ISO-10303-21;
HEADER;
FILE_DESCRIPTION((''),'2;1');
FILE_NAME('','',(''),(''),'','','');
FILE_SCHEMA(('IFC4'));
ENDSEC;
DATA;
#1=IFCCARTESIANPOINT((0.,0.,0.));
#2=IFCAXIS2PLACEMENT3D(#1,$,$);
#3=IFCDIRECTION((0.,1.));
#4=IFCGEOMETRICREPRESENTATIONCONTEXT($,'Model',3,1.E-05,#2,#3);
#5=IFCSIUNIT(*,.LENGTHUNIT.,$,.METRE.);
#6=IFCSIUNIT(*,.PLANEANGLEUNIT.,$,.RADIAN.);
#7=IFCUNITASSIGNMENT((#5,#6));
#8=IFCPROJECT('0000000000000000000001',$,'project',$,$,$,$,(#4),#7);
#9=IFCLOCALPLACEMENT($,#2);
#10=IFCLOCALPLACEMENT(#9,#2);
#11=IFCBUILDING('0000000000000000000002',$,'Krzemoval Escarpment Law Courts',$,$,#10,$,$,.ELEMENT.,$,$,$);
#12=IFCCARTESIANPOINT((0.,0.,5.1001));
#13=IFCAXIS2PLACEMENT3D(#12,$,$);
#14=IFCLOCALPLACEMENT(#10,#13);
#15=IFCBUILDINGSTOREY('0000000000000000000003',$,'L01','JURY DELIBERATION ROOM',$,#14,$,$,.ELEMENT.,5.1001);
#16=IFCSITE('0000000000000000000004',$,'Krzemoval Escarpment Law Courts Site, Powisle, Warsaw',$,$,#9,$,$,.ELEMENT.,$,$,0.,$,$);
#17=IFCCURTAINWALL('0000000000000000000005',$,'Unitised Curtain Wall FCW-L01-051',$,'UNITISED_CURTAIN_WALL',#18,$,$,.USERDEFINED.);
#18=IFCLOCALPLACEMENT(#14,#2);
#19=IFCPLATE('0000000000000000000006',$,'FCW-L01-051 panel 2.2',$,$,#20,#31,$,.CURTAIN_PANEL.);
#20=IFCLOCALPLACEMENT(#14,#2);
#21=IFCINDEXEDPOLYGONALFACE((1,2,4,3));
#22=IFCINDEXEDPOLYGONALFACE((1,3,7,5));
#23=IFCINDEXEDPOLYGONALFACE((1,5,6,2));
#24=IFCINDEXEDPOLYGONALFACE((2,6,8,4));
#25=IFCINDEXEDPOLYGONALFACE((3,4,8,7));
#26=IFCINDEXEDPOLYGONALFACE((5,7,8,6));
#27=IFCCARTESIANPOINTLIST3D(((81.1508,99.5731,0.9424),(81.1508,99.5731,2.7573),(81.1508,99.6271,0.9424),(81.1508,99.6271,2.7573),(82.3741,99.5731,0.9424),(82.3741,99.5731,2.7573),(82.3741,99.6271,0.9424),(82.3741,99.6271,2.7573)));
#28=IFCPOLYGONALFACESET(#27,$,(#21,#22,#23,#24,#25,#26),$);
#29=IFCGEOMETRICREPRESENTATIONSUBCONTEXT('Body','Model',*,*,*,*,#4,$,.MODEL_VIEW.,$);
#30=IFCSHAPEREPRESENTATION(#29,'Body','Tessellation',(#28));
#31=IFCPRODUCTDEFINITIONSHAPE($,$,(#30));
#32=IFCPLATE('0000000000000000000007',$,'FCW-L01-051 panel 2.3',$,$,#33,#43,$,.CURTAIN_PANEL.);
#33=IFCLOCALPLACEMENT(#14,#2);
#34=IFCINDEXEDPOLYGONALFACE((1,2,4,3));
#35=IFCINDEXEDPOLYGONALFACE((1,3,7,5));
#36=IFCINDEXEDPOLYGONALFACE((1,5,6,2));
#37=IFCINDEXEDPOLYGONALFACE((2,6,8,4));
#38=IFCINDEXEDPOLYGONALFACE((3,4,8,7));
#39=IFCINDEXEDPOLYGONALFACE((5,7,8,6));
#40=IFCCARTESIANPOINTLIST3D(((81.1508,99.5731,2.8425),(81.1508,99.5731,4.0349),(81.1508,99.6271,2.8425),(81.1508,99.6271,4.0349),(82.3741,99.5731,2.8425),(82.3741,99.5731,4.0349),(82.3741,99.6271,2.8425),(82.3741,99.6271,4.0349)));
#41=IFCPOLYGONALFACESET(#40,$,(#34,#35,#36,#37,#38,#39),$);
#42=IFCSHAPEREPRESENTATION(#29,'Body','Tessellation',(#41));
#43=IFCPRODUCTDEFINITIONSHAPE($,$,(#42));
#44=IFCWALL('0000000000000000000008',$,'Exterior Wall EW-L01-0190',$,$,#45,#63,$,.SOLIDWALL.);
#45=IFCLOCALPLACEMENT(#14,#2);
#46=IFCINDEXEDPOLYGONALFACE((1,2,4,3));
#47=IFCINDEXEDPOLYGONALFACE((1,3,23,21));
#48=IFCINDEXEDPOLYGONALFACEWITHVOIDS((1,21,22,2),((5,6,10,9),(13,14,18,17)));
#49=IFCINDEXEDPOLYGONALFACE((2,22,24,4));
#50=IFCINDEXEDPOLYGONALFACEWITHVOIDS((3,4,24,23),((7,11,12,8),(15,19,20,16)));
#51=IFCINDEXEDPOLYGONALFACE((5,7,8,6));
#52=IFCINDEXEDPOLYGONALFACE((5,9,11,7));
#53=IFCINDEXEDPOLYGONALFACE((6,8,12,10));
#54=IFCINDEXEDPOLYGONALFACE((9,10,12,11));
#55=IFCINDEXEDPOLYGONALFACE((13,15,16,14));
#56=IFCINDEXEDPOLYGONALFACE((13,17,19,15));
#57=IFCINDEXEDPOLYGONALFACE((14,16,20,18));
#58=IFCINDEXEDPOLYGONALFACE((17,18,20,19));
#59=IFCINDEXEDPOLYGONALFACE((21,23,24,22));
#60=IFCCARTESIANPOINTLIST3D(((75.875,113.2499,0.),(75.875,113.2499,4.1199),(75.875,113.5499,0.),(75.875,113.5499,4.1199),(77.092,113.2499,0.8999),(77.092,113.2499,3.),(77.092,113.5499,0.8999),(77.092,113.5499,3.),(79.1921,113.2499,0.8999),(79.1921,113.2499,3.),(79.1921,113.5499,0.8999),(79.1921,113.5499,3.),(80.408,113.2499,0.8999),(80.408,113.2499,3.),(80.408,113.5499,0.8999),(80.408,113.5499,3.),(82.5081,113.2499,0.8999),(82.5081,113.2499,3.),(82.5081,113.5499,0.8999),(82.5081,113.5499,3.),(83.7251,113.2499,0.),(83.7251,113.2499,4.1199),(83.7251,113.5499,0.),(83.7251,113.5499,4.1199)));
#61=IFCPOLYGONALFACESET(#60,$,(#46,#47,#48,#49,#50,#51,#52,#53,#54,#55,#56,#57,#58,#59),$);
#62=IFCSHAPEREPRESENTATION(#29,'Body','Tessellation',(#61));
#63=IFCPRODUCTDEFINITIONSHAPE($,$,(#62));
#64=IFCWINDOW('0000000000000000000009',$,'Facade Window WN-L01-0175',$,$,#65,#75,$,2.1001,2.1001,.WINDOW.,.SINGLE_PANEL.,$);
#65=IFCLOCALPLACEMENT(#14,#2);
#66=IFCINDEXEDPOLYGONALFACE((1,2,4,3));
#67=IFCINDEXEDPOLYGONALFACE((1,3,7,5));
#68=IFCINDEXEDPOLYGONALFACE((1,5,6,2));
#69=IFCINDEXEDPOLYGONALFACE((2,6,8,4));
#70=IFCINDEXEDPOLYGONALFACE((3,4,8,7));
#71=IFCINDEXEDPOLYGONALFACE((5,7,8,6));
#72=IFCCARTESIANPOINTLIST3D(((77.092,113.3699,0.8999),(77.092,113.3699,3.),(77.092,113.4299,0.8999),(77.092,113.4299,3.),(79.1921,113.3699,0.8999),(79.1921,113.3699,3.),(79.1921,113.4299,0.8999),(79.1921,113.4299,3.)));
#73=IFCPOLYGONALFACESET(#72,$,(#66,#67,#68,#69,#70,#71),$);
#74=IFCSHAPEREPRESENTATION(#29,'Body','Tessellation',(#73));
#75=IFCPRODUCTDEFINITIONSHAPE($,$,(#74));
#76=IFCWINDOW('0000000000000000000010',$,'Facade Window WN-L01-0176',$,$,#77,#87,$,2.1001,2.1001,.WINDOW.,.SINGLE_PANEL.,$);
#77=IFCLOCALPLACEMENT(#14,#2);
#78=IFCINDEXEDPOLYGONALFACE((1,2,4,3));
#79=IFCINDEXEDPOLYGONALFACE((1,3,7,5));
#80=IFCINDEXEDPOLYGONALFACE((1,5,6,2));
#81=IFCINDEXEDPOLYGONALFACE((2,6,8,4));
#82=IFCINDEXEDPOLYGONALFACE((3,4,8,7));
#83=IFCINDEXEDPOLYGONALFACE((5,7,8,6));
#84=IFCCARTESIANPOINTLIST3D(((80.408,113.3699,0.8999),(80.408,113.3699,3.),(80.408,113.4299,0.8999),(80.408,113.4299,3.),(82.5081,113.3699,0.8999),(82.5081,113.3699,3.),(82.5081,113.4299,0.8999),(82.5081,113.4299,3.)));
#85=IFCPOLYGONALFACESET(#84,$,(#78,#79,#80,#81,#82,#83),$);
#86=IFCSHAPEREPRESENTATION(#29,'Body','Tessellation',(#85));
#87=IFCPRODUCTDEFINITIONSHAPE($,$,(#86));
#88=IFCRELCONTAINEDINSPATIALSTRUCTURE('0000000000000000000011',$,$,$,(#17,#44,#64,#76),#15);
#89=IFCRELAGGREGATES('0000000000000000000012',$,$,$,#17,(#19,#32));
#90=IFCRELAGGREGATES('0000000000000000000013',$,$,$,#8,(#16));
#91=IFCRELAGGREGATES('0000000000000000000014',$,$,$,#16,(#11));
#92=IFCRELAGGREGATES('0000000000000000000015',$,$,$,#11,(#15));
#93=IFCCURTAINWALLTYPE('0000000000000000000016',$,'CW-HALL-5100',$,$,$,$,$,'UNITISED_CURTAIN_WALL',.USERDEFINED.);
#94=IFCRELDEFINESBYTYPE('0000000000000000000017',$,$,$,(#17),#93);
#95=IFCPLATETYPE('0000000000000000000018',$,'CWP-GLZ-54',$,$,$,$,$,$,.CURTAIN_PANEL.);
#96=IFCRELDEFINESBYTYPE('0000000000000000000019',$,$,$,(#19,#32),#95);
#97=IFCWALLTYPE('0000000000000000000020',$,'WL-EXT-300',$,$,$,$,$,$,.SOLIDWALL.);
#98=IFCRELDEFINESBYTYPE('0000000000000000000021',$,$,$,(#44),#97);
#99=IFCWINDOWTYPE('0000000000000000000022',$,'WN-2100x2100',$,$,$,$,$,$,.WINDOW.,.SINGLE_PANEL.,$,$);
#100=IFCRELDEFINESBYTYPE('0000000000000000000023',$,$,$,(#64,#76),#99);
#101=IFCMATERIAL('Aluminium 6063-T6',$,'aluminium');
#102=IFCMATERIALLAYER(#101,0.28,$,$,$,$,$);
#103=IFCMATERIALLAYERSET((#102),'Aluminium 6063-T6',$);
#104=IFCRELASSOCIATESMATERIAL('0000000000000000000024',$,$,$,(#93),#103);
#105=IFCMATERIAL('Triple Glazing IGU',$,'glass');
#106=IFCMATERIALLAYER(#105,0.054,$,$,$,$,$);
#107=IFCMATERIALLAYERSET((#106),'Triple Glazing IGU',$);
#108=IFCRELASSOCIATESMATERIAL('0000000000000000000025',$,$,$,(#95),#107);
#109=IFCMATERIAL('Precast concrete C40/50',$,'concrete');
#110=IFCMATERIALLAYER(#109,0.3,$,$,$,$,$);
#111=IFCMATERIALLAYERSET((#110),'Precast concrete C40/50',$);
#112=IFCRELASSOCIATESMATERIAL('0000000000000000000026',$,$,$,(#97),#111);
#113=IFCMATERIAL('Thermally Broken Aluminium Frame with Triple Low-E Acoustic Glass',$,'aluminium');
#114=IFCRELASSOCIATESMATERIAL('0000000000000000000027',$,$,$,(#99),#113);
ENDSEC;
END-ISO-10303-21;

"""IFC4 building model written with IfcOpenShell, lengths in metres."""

from ifc_helpers import new_model, si_unit, direction, frame, frame_2d, origin, origin_2d, place, context, subcontext, project, spatial, rectangle, extrude, material, layer, layer_set, type_object, element, fill, aggregate, save


model = new_model("IFC4")

# Units and contexts
model_context = context("Model", 3, precision=1e-05, world=origin(), true_north=direction((0.0, 1.0)))
body_context = subcontext(model_context, "Body", "Model", "MODEL_VIEW")
ifc_project = project(units=[si_unit("LENGTHUNIT", "METRE"), si_unit("PLANEANGLEUNIT", "RADIAN")], contexts=[model_context])

# Site, building, storey
site_placement = place(None, origin())
site = spatial("IfcSite", under=ifc_project, at=site_placement, Name="Krzemoval Escarpment Law Courts Site, Powisle, Warsaw", CompositionType="ELEMENT", RefElevation=0.0)
building_placement = place(site_placement, origin())
building = spatial("IfcBuilding", under=site, at=building_placement, Name="Krzemoval Escarpment Law Courts", CompositionType="ELEMENT")
storey_placement = place(building_placement, frame((0.0, 0.0, 5.1001)))
storey = spatial("IfcBuildingStorey", under=building, at=storey_placement, Name="L01", Description="JURY DELIBERATION ROOM", CompositionType="ELEMENT", Elevation=5.1001)

# Curtain wall
ifc_material_1 = material(Name="Aluminium 6063-T6", Category="aluminium")
ifc_layer_1 = layer(ifc_material_1, 0.28)
ifc_layer_set_1 = layer_set([ifc_layer_1], Name="Aluminium 6063-T6")
curtain_wall_type = type_object("IfcCurtainWallType", Name="CW-HALL-5100", ElementType="UNITISED_CURTAIN_WALL", PredefinedType="USERDEFINED", material=ifc_layer_set_1)
curtain_wall_placement = place(storey_placement, origin())
curtain_wall = element("IfcCurtainWall", 1, at=curtain_wall_placement, inside=storey, type_object=curtain_wall_type, Name="Unitised Curtain Wall FCW-L01-051", ObjectType="UNITISED_CURTAIN_WALL", PredefinedType="USERDEFINED")

# Plates
ifc_material_2 = material(Name="Triple Glazing IGU", Category="glass")
ifc_layer_2 = layer(ifc_material_2, 0.054)
ifc_layer_set_2 = layer_set([ifc_layer_2], Name="Triple Glazing IGU")
plate_type = type_object("IfcPlateType", Name="CWP-GLZ-54", PredefinedType="CURTAIN_PANEL", material=ifc_layer_set_2)
plate_1_placement = place(storey_placement, frame((81.7625, 99.6001, 0.9424), z_axis=(0.0, 0.0, 1.0), x_axis=(-1.0, 0.0, 0.0)))
plate_1 = element("IfcPlate", 2, at=plate_1_placement, type_object=plate_type, Name="FCW-L01-051 panel 2.2", PredefinedType="CURTAIN_PANEL", context=body_context, shape_type="SweptSolid", body=[
    extrude(rectangle(XDim=1.2234, YDim=0.054, at=origin_2d()), origin(), (0.0, 0.0, 1.0), 1.8149),
])
plate_2_placement = place(storey_placement, frame((81.7625, 99.6001, 2.8425), z_axis=(0.0, 0.0, 1.0), x_axis=(-1.0, 0.0, 0.0)))
plate_2 = element("IfcPlate", 3, at=plate_2_placement, type_object=plate_type, Name="FCW-L01-051 panel 2.3", PredefinedType="CURTAIN_PANEL", context=body_context, shape_type="SweptSolid", body=[
    extrude(rectangle(XDim=1.2234, YDim=0.054, at=origin_2d()), origin(), (0.0, 0.0, 1.0), 1.1924),
])
aggregate(curtain_wall, [plate_1, plate_2])

# Wall, openings, windows
ifc_material_3 = material(Name="Precast concrete C40/50", Category="concrete")
ifc_layer_3 = layer(ifc_material_3, 0.3)
ifc_layer_set_3 = layer_set([ifc_layer_3], Name="Precast concrete C40/50")
wall_type = type_object("IfcWallType", Name="WL-EXT-300", PredefinedType="SOLIDWALL", material=ifc_layer_set_3)
wall_placement = place(storey_placement, frame((75.875, 113.3999, 0.0), z_axis=(0.0, 0.0, 1.0), x_axis=(1.0, 0.0, 0.0)))
wall = element("IfcWall", 4, at=wall_placement, inside=storey, type_object=wall_type, Name="Exterior Wall EW-L01-0190", PredefinedType="SOLIDWALL", context=body_context, shape_type="SweptSolid", body=[
    extrude(rectangle(XDim=7.8501, YDim=0.3, at=frame_2d((3.925, 0.0))), origin(), (0.0, 0.0, 1.0), 4.1199),
])
opening_1_placement = place(wall_placement, frame((1.217, 0.0, 0.8999)))
opening_1 = element("IfcOpeningElement", 5, at=opening_1_placement, cuts=wall, PredefinedType="OPENING", context=body_context, shape_type="SweptSolid", body=[
    extrude(rectangle(XDim=2.1001, YDim=2.1001, at=frame_2d((1.05, 1.05))), frame((0.0, 0.165, 0.0), z_axis=(0.0, -1.0, 0.0), x_axis=(1.0, 0.0, 0.0)), (0.0, 0.0, 1.0), 0.3301),
])
opening_2_placement = place(wall_placement, frame((4.533, 0.0, 0.8999)))
opening_2 = element("IfcOpeningElement", 6, at=opening_2_placement, cuts=wall, PredefinedType="OPENING", context=body_context, shape_type="SweptSolid", body=[
    extrude(rectangle(XDim=2.1001, YDim=2.1001, at=frame_2d((1.05, 1.05))), frame((0.0, 0.165, 0.0), z_axis=(0.0, -1.0, 0.0), x_axis=(1.0, 0.0, 0.0)), (0.0, 0.0, 1.0), 0.3301),
])
ifc_material_4 = material(Name="Thermally Broken Aluminium Frame with Triple Low-E Acoustic Glass", Category="aluminium")
window_type = type_object("IfcWindowType", Name="WN-2100x2100", PartitioningType="SINGLE_PANEL", PredefinedType="WINDOW", material=ifc_material_4)
window_1_placement = place(opening_1_placement, origin())
window_1 = element("IfcWindow", 7, at=window_1_placement, inside=storey, type_object=window_type, Name="Facade Window WN-L01-0175", OverallHeight=2.1001, OverallWidth=2.1001, PartitioningType="SINGLE_PANEL", PredefinedType="WINDOW", context=body_context, shape_type="SweptSolid", body=[
    extrude(rectangle(XDim=2.1001, YDim=2.1001, at=frame_2d((1.05, 1.05))), frame((0.0, 0.03, 0.0), z_axis=(0.0, -1.0, 0.0), x_axis=(1.0, 0.0, 0.0)), (0.0, 0.0, 1.0), 0.0601),
])
fill(opening_1, window_1)
window_2_placement = place(opening_2_placement, origin())
window_2 = element("IfcWindow", 8, at=window_2_placement, inside=storey, type_object=window_type, Name="Facade Window WN-L01-0176", OverallHeight=2.1001, OverallWidth=2.1001, PartitioningType="SINGLE_PANEL", PredefinedType="WINDOW", context=body_context, shape_type="SweptSolid", body=[
    extrude(rectangle(XDim=2.1001, YDim=2.1001, at=frame_2d((1.05, 1.05))), frame((0.0, 0.03, 0.0), z_axis=(0.0, -1.0, 0.0), x_axis=(1.0, 0.0, 0.0)), (0.0, 0.0, 1.0), 0.0601),
])
fill(opening_2, window_2)

save(model, "model.ifc")
